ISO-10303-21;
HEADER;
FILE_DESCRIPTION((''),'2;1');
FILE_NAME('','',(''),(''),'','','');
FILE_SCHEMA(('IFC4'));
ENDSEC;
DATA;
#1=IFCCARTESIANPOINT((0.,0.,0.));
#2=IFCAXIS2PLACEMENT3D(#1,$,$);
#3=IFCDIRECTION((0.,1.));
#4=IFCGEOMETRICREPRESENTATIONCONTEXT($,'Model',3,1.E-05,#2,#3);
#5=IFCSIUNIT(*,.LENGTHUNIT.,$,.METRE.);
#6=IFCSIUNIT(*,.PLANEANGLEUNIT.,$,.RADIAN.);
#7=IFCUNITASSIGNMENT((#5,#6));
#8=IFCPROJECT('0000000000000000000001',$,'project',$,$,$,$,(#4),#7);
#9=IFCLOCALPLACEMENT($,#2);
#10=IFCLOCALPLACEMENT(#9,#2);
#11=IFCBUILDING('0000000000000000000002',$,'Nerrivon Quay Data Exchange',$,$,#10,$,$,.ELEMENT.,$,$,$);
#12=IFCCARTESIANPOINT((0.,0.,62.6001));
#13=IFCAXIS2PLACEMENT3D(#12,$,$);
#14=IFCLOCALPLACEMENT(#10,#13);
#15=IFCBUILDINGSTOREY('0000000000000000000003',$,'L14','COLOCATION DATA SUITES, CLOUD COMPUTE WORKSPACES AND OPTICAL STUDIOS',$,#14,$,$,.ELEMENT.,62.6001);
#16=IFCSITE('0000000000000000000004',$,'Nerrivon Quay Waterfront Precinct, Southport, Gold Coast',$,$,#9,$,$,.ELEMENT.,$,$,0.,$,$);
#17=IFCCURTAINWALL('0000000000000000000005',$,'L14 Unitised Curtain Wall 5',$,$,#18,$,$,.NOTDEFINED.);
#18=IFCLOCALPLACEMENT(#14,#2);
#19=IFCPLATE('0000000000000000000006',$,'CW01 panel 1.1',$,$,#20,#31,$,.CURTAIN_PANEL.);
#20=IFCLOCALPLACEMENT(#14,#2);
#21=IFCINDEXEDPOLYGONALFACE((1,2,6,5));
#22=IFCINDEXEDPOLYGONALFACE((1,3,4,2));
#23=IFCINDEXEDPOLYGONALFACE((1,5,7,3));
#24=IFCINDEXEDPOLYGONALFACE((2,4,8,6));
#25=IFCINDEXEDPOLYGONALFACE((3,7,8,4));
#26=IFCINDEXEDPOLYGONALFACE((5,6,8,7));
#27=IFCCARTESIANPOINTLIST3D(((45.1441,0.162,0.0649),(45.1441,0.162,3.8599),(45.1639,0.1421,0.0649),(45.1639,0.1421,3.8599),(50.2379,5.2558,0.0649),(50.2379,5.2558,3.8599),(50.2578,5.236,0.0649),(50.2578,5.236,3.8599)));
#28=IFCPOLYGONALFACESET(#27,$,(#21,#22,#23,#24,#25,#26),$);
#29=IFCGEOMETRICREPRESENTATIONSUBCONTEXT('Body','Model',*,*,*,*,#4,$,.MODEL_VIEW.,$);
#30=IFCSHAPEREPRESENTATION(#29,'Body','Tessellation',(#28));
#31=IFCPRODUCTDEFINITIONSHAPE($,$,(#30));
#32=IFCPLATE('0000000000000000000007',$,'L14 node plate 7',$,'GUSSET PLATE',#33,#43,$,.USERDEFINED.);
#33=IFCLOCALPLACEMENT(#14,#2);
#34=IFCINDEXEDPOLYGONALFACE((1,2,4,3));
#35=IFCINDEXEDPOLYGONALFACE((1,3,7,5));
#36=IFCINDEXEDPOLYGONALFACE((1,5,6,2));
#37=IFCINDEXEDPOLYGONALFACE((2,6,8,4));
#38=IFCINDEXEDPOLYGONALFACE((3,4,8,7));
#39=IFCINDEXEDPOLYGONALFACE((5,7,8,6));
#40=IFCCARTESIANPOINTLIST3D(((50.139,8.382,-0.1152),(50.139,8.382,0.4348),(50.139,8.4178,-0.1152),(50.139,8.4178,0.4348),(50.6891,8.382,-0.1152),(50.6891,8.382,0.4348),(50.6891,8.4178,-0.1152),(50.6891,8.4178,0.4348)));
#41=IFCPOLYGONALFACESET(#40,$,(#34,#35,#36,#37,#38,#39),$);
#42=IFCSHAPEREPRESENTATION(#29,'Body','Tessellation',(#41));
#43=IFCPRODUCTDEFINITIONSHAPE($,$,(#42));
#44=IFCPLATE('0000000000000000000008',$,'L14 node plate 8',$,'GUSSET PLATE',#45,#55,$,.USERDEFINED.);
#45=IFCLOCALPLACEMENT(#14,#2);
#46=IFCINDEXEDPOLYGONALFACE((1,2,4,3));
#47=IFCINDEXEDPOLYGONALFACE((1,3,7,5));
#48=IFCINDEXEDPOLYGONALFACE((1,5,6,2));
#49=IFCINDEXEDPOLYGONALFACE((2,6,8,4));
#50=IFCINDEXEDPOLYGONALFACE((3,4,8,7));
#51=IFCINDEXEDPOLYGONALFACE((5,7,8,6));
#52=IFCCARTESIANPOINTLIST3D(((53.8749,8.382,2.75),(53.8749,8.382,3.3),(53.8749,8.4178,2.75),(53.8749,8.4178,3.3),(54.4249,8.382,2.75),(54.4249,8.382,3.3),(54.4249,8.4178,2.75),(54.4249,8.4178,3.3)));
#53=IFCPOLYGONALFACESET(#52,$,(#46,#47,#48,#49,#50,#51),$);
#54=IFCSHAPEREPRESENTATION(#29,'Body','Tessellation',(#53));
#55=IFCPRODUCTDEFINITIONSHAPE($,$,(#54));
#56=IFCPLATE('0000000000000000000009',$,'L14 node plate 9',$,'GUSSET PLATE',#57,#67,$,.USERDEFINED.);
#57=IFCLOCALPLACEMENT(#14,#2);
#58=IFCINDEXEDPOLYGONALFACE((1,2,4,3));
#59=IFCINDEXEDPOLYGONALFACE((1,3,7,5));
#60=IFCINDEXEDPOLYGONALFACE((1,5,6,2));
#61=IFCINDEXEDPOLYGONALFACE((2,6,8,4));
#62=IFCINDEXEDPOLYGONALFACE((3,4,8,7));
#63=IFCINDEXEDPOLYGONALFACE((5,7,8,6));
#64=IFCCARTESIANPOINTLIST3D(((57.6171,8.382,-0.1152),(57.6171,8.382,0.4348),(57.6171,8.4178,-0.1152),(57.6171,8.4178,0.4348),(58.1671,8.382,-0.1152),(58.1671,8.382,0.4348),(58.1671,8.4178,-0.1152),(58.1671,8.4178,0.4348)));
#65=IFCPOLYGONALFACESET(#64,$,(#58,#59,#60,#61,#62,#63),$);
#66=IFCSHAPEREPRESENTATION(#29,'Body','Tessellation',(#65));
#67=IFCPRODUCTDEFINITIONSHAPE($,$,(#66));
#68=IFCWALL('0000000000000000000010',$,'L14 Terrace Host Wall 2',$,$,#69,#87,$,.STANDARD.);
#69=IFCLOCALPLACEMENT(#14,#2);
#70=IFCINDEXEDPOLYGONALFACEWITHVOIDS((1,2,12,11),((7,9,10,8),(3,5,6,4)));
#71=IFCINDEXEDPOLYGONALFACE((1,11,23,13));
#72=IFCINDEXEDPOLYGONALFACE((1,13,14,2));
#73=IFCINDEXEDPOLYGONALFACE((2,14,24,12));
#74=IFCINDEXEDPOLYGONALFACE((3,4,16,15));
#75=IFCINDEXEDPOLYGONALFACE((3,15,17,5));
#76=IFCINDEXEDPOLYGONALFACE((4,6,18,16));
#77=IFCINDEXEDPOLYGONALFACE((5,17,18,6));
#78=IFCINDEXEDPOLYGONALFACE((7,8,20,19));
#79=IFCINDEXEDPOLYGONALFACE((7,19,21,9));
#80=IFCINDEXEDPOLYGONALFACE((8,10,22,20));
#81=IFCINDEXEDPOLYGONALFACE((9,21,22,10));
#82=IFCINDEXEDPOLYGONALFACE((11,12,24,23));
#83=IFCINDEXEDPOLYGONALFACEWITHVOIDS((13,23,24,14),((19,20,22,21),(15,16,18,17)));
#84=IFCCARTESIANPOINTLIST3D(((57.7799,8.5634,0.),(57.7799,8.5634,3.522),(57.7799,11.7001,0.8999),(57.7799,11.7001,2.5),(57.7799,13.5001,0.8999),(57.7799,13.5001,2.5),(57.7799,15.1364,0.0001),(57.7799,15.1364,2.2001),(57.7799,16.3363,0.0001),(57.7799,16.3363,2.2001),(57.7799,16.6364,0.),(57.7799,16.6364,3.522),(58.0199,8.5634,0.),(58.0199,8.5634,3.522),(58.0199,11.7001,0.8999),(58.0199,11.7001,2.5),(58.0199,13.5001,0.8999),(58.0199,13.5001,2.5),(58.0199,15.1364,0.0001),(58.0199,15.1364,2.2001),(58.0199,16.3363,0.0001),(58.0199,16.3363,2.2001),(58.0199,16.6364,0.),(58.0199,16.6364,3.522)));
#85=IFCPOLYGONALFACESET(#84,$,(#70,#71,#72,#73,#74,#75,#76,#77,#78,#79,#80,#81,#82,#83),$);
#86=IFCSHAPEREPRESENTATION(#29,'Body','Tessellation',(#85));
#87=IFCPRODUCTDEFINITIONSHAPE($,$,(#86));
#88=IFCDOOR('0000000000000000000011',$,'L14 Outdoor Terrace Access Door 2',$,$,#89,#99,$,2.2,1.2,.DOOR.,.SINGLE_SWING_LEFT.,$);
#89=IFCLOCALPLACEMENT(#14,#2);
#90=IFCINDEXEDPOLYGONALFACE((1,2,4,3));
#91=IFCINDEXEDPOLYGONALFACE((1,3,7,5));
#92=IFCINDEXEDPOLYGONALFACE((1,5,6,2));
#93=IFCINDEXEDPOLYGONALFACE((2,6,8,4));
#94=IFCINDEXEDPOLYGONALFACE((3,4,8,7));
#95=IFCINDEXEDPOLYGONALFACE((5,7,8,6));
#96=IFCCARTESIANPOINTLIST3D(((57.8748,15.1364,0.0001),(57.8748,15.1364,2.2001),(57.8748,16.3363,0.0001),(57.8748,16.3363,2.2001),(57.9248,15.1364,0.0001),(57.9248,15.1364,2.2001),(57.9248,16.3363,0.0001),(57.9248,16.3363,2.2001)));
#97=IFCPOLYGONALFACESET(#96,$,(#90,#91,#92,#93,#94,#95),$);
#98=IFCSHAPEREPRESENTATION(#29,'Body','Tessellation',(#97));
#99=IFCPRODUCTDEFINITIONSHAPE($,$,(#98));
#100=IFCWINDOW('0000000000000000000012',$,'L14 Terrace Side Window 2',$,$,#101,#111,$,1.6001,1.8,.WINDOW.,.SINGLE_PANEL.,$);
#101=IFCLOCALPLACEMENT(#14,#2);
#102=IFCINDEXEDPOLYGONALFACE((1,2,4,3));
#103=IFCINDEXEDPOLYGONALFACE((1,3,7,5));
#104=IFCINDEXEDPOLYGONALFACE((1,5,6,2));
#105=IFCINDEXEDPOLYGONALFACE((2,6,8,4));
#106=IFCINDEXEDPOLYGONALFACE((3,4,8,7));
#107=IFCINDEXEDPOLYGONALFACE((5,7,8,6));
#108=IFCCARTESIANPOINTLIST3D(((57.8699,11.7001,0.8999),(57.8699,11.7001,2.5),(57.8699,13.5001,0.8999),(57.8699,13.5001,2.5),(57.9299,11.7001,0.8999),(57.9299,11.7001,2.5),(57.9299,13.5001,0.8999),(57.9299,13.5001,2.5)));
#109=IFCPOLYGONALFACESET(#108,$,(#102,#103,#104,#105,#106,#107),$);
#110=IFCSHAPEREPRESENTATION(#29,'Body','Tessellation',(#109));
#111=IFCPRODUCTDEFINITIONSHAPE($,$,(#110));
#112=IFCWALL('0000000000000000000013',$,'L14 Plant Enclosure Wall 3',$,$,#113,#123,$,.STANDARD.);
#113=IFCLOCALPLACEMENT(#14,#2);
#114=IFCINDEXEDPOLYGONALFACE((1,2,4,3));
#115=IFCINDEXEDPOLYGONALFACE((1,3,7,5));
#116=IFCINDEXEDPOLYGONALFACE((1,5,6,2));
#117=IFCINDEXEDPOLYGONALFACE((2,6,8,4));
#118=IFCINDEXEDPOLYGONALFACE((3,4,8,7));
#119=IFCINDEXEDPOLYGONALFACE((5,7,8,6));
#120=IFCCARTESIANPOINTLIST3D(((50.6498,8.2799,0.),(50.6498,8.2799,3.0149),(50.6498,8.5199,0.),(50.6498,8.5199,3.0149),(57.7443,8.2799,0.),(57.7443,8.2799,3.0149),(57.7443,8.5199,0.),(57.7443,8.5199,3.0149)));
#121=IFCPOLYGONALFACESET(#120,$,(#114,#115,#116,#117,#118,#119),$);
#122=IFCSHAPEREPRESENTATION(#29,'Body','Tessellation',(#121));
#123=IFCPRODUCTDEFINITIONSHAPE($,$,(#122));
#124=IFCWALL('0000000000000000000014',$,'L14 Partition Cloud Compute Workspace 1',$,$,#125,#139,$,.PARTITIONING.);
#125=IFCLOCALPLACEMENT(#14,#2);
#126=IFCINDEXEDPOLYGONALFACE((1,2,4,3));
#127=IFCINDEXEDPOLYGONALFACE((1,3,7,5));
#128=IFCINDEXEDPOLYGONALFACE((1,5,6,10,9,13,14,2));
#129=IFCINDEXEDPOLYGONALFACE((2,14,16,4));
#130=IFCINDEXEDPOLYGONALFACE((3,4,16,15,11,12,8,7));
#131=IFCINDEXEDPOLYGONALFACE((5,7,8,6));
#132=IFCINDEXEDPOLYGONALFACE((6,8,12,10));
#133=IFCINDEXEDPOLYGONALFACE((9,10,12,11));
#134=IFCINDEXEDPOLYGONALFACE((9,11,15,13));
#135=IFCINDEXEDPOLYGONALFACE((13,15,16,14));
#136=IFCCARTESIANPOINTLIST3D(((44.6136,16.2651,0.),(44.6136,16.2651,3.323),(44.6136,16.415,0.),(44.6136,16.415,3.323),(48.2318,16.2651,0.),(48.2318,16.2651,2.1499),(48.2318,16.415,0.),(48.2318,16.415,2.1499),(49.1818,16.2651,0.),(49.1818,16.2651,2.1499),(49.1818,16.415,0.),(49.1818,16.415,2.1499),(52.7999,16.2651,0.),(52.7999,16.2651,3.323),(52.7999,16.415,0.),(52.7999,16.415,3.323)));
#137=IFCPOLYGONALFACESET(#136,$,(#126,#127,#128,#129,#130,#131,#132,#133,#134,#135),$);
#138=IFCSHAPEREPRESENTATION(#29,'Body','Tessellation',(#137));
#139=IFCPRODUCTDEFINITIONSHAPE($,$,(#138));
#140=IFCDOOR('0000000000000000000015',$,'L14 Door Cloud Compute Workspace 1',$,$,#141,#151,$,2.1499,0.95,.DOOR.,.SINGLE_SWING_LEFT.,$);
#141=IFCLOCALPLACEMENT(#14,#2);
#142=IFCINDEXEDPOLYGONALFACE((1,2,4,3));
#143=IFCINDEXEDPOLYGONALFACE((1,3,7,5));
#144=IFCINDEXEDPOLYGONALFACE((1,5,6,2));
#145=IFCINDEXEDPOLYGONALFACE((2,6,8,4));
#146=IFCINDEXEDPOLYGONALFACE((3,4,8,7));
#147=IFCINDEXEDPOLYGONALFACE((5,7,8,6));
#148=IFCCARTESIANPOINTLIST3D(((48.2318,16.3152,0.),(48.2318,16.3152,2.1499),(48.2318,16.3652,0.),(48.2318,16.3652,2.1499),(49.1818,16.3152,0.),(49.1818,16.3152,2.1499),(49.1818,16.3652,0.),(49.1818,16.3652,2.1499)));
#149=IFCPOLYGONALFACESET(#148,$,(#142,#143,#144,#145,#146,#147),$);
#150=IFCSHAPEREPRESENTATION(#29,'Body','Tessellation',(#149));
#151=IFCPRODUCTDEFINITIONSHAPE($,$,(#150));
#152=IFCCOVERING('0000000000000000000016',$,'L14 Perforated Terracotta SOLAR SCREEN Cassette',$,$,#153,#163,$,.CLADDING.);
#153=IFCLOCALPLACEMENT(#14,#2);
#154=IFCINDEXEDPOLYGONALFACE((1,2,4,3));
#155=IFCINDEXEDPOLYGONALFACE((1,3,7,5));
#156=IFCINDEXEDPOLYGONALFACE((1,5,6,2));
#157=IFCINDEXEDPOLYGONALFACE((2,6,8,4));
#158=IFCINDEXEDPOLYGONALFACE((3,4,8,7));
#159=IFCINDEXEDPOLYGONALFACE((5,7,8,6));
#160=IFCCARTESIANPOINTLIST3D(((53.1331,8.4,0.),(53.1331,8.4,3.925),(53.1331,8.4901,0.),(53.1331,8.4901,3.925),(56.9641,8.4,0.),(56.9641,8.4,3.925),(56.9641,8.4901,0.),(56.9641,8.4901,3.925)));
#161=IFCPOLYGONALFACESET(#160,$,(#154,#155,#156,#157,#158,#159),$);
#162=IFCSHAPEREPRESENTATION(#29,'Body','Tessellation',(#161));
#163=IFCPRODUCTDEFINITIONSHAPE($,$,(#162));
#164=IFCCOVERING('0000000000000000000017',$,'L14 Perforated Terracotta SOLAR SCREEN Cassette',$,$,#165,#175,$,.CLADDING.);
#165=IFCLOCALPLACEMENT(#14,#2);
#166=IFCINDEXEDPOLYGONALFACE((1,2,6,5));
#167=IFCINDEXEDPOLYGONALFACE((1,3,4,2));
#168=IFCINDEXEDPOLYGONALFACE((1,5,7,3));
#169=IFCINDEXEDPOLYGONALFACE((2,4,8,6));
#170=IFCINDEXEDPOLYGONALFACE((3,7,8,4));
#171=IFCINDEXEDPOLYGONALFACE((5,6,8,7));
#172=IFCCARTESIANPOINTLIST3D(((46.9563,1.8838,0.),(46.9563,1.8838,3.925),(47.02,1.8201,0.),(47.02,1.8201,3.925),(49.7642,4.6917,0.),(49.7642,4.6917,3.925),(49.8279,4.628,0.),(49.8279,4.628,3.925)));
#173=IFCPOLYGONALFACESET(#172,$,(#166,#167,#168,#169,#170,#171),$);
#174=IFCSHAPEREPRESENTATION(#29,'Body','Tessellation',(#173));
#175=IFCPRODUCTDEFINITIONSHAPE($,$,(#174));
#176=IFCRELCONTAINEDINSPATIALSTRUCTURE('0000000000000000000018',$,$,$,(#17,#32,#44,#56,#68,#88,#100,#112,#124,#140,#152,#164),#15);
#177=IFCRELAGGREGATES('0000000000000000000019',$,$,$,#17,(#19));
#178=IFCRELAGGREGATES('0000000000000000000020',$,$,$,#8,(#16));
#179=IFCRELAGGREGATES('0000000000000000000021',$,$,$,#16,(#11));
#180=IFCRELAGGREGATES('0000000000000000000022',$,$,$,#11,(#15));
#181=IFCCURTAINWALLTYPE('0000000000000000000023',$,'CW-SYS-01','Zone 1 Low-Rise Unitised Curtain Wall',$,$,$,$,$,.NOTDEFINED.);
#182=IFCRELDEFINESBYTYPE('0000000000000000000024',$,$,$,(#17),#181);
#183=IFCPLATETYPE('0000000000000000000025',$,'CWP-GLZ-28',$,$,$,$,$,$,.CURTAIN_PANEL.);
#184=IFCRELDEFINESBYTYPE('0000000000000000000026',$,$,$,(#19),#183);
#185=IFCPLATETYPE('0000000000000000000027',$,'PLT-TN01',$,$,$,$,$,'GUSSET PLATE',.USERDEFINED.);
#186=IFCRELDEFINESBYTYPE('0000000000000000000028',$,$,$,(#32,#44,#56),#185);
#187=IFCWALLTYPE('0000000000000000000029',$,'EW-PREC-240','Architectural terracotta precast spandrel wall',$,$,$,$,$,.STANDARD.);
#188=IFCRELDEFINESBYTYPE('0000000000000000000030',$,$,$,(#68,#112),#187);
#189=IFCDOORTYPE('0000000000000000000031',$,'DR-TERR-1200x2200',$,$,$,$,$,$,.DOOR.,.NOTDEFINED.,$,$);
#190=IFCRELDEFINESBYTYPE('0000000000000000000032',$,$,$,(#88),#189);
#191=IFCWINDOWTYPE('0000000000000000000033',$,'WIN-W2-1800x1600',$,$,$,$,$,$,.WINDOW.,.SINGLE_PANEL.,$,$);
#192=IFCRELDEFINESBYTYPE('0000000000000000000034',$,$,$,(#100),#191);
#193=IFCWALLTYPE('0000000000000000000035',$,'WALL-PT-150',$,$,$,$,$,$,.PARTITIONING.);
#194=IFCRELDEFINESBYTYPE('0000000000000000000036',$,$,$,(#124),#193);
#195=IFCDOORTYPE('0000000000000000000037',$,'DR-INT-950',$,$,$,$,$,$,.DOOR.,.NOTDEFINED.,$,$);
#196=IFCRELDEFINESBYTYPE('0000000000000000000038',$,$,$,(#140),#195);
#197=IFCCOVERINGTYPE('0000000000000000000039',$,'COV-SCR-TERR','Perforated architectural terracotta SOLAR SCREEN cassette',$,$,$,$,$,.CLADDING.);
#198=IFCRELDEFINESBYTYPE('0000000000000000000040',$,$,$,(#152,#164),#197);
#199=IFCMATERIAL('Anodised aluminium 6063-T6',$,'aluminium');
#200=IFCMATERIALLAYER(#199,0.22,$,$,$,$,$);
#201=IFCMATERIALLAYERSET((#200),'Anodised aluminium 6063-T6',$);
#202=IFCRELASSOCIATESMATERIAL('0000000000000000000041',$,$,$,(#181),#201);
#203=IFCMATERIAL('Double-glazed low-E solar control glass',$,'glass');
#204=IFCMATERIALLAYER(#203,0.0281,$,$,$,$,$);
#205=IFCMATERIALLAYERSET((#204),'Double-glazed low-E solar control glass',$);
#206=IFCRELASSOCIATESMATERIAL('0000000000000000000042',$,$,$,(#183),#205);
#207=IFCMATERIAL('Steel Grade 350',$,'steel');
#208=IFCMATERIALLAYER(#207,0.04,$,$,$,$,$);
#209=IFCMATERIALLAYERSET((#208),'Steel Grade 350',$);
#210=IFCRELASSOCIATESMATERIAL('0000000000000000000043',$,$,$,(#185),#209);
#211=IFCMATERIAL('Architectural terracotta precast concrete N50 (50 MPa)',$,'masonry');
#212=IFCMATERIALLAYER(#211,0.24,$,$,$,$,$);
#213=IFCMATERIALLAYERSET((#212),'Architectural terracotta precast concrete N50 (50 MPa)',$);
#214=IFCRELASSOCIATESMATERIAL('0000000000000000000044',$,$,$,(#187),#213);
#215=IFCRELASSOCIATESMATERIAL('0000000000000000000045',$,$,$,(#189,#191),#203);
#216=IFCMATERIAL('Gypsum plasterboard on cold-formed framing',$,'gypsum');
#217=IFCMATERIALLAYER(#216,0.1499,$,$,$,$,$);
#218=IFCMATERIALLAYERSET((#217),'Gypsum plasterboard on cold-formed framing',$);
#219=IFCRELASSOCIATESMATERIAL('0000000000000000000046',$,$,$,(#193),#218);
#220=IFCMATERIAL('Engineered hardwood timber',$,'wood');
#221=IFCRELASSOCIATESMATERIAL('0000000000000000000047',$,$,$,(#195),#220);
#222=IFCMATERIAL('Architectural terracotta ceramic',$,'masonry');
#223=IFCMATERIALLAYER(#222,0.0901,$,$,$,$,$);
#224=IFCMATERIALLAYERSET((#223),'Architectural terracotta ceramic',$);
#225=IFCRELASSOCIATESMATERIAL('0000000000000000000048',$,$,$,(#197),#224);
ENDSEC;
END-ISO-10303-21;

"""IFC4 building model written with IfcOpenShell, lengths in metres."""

from ifc_helpers import new_model, si_unit, direction, frame, frame_2d, origin, origin_2d, place, context, subcontext, project, spatial, rectangle, extrude, material, layer, layer_set, type_object, element, fill, aggregate, save


model = new_model("IFC4")

# Units and contexts
model_context = context("Model", 3, precision=1e-05, world=origin(), true_north=direction((0.0, 1.0)))
body_context = subcontext(model_context, "Body", "Model", "MODEL_VIEW")
ifc_project = project(units=[si_unit("LENGTHUNIT", "METRE"), si_unit("PLANEANGLEUNIT", "RADIAN")], contexts=[model_context])

# Site, building, storey
site_placement = place(None, origin())
site = spatial("IfcSite", under=ifc_project, at=site_placement, Name="Nerrivon Quay Waterfront Precinct, Southport, Gold Coast", CompositionType="ELEMENT", RefElevation=0.0)
building_placement = place(site_placement, origin())
building = spatial("IfcBuilding", under=site, at=building_placement, Name="Nerrivon Quay Data Exchange", CompositionType="ELEMENT")
storey_placement = place(building_placement, frame((0.0, 0.0, 62.6001)))
storey = spatial("IfcBuildingStorey", under=building, at=storey_placement, Name="L14", Description="COLOCATION DATA SUITES, CLOUD COMPUTE WORKSPACES AND OPTICAL STUDIOS", CompositionType="ELEMENT", Elevation=62.6001)

# Shared definitions
ifc_material_1 = material(Name="Steel Grade 350", Category="steel")

# Shared definitions
ifc_material_2 = material(Name="Anodised aluminium 6063-T6", Category="aluminium")
ifc_layer_1 = layer(ifc_material_2, 0.22)
ifc_layer_set_1 = layer_set([ifc_layer_1], Name="Anodised aluminium 6063-T6")
curtain_wall_type = type_object("IfcCurtainWallType", Name="CW-SYS-01", Description="Zone 1 Low-Rise Unitised Curtain Wall", PredefinedType="NOTDEFINED", material=ifc_layer_set_1)

# Curtain wall
curtain_wall_1_placement = place(storey_placement, origin())
curtain_wall_1 = element("IfcCurtainWall", 1, at=curtain_wall_1_placement, inside=storey, type_object=curtain_wall_type, Name="L14 Unitised Curtain Wall 5", PredefinedType="NOTDEFINED")

# Plate
ifc_material_3 = material(Name="Double-glazed low-E solar control glass", Category="glass")
ifc_layer_2 = layer(ifc_material_3, 0.0281)
ifc_layer_set_2 = layer_set([ifc_layer_2], Name="Double-glazed low-E solar control glass")
plate_type_1 = type_object("IfcPlateType", Name="CWP-GLZ-28", PredefinedType="CURTAIN_PANEL", material=ifc_layer_set_2)
plate_1_placement = place(storey_placement, frame((47.7009, 2.699, 0.0649), z_axis=(0.0, 0.0, 1.0), x_axis=(-0.707107, -0.707107, 0.0)))
plate_1 = element("IfcPlate", 2, at=plate_1_placement, type_object=plate_type_1, Name="CW01 panel 1.1", PredefinedType="CURTAIN_PANEL", context=body_context, shape_type="SweptSolid", body=[
    extrude(rectangle(XDim=7.2039, YDim=0.0281, at=origin_2d()), origin(), (0.0, 0.0, 1.0), 3.7949),
])
aggregate(curtain_wall_1, [plate_1])

# Plates
ifc_layer_3 = layer(ifc_material_1, 0.04)
ifc_layer_set_3 = layer_set([ifc_layer_3], Name="Steel Grade 350")
plate_type_2 = type_object("IfcPlateType", Name="PLT-TN01", ElementType="GUSSET PLATE", PredefinedType="USERDEFINED", material=ifc_layer_set_3)
for number, where, z_axis, x_axis, name in (
    (3, (50.4141, 8.3999, -0.1152), (0.0, 0.0, 1.0), (1.0, 0.0, 0.0), "L14 node plate 7"),
    (4, (54.1499, 8.3999, 2.75), (0.0, 0.0, 1.0), (1.0, 0.0, 0.0), "L14 node plate 8"),
    (5, (57.8921, 8.3999, -0.1152), (0.0, 0.0, 1.0), (1.0, 0.0, 0.0), "L14 node plate 9"),
):
    element("IfcPlate", number, at=place(storey_placement, frame(where, z_axis=z_axis, x_axis=x_axis)), inside=storey, type_object=plate_type_2, Name=name, ObjectType="GUSSET PLATE", PredefinedType="USERDEFINED", context=body_context, shape_type="SweptSolid", body=[
        extrude(rectangle(XDim=0.55, YDim=0.0359, at=origin_2d()), origin(), (0.0, 0.0, 1.0), 0.55),
    ])

# Wall, openings, door, window
ifc_material_4 = material(Name="Architectural terracotta precast concrete N50 (50 MPa)", Category="masonry")
ifc_layer_4 = layer(ifc_material_4, 0.24)
ifc_layer_set_4 = layer_set([ifc_layer_4], Name="Architectural terracotta precast concrete N50 (50 MPa)")
wall_type_1 = type_object("IfcWallType", Name="EW-PREC-240", Description="Architectural terracotta precast spandrel wall", PredefinedType="STANDARD", material=ifc_layer_set_4)
wall_1_placement = place(storey_placement, frame((57.8999, 16.6365, 0.0), z_axis=(0.0, 0.0, 1.0), x_axis=(0.0, -1.0, 0.0)))
wall_1 = element("IfcWall", 6, at=wall_1_placement, inside=storey, type_object=wall_type_1, Name="L14 Terrace Host Wall 2", PredefinedType="STANDARD", context=body_context, shape_type="SweptSolid", body=[
    extrude(rectangle(XDim=8.073, YDim=0.24, at=frame_2d((4.0366, 0.0))), origin(), (0.0, 0.0, 1.0), 3.522),
])
opening_1_placement = place(wall_1_placement, frame((0.3, 0.0, 0.0)))
opening_1 = element("IfcOpeningElement", 7, at=opening_1_placement, cuts=wall_1, PredefinedType="OPENING", context=body_context, shape_type="SweptSolid", body=[
    extrude(rectangle(XDim=1.2, YDim=2.2, at=frame_2d((0.6001, 1.1001))), frame((0.0, 0.1299, 0.0), z_axis=(0.0, -1.0, 0.0), x_axis=(1.0, 0.0, 0.0)), (0.0, 0.0, 1.0), 0.26),
])
opening_2_placement = place(wall_1_placement, frame((3.1365, 0.0, 0.8999)))
opening_2 = element("IfcOpeningElement", 8, at=opening_2_placement, cuts=wall_1, PredefinedType="OPENING", context=body_context, shape_type="SweptSolid", body=[
    extrude(rectangle(XDim=1.8, YDim=1.6001, at=frame_2d((0.8999, 0.8))), frame((0.0, 0.1299, 0.0), z_axis=(0.0, -1.0, 0.0), x_axis=(1.0, 0.0, 0.0)), (0.0, 0.0, 1.0), 0.26),
])
door_type_1 = type_object("IfcDoorType", Name="DR-TERR-1200x2200", OperationType="NOTDEFINED", PredefinedType="DOOR", material=ifc_material_3)
door_1_placement = place(opening_1_placement, origin())
door_1 = element("IfcDoor", 9, at=door_1_placement, inside=storey, type_object=door_type_1, Name="L14 Outdoor Terrace Access Door 2", OperationType="SINGLE_SWING_LEFT", OverallHeight=2.2, OverallWidth=1.2, PredefinedType="DOOR", context=body_context, shape_type="SweptSolid", body=[
    extrude(rectangle(XDim=1.2, YDim=2.2, at=frame_2d((0.6001, 1.1001))), frame((0.0, 0.0249, 0.0), z_axis=(0.0, -1.0, 0.0), x_axis=(1.0, 0.0, 0.0)), (0.0, 0.0, 1.0), 0.05),
])
fill(opening_1, door_1)
window_type = type_object("IfcWindowType", Name="WIN-W2-1800x1600", PartitioningType="SINGLE_PANEL", PredefinedType="WINDOW", material=ifc_material_3)
window_placement = place(opening_2_placement, origin())
window = element("IfcWindow", 10, at=window_placement, inside=storey, type_object=window_type, Name="L14 Terrace Side Window 2", OverallHeight=1.6001, OverallWidth=1.8, PartitioningType="SINGLE_PANEL", PredefinedType="WINDOW", context=body_context, shape_type="SweptSolid", body=[
    extrude(rectangle(XDim=1.8, YDim=1.6001, at=frame_2d((0.8999, 0.8))), frame((0.0, 0.03, 0.0), z_axis=(0.0, -1.0, 0.0), x_axis=(1.0, 0.0, 0.0)), (0.0, 0.0, 1.0), 0.0601),
])
fill(opening_2, window)

# Wall
wall_2_placement = place(storey_placement, frame((57.7444, 8.3999, 0.0), z_axis=(0.0, 0.0, 1.0), x_axis=(-1.0, 0.0, 0.0)))
element("IfcWall", 11, at=wall_2_placement, inside=storey, type_object=wall_type_1, Name="L14 Plant Enclosure Wall 3", PredefinedType="STANDARD", context=body_context, shape_type="SweptSolid", body=[
    extrude(rectangle(XDim=7.0945, YDim=0.24, at=frame_2d((3.5474, 0.0))), origin(), (0.0, 0.0, 1.0), 3.0149),
])

# Wall, opening, door
ifc_material_5 = material(Name="Gypsum plasterboard on cold-formed framing", Category="gypsum")
ifc_layer_5 = layer(ifc_material_5, 0.1499)
ifc_layer_set_5 = layer_set([ifc_layer_5], Name="Gypsum plasterboard on cold-formed framing")
wall_type_2 = type_object("IfcWallType", Name="WALL-PT-150", PredefinedType="PARTITIONING", material=ifc_layer_set_5)
wall_3_placement = place(storey_placement, frame((52.8, 16.3401, 0.0), z_axis=(0.0, 0.0, 1.0), x_axis=(-1.0, 0.0, 0.0)))
wall_3 = element("IfcWall", 12, at=wall_3_placement, inside=storey, type_object=wall_type_2, Name="L14 Partition Cloud Compute Workspace 1", PredefinedType="PARTITIONING", context=body_context, shape_type="SweptSolid", body=[
    extrude(rectangle(XDim=8.1863, YDim=0.1499, at=frame_2d((4.0933, 0.0))), origin(), (0.0, 0.0, 1.0), 3.323),
])
opening_3_placement = place(wall_3_placement, frame((3.6182, 0.0, 0.0)))
opening_3 = element("IfcOpeningElement", 13, at=opening_3_placement, cuts=wall_3, PredefinedType="OPENING", context=body_context, shape_type="SweptSolid", body=[
    extrude(rectangle(XDim=0.95, YDim=2.1499, at=frame_2d((0.4751, 1.075))), frame((0.0, 0.085, 0.0), z_axis=(0.0, -1.0, 0.0), x_axis=(1.0, 0.0, 0.0)), (0.0, 0.0, 1.0), 0.1699),
])
ifc_material_6 = material(Name="Engineered hardwood timber", Category="wood")
door_type_2 = type_object("IfcDoorType", Name="DR-INT-950", OperationType="NOTDEFINED", PredefinedType="DOOR", material=ifc_material_6)
door_2_placement = place(opening_3_placement, origin())
door_2 = element("IfcDoor", 14, at=door_2_placement, inside=storey, type_object=door_type_2, Name="L14 Door Cloud Compute Workspace 1", OperationType="SINGLE_SWING_LEFT", OverallHeight=2.1499, OverallWidth=0.95, PredefinedType="DOOR", context=body_context, shape_type="SweptSolid", body=[
    extrude(rectangle(XDim=0.95, YDim=2.1499, at=frame_2d((0.4751, 1.075))), frame((0.0, 0.0249, 0.0), z_axis=(0.0, -1.0, 0.0), x_axis=(1.0, 0.0, 0.0)), (0.0, 0.0, 1.0), 0.05),
])
fill(opening_3, door_2)

# Coverings
ifc_material_7 = material(Name="Architectural terracotta ceramic", Category="masonry")
ifc_layer_6 = layer(ifc_material_7, 0.0901)
ifc_layer_set_6 = layer_set([ifc_layer_6], Name="Architectural terracotta ceramic")
covering_type = type_object("IfcCoveringType", Name="COV-SCR-TERR", Description="Perforated architectural terracotta SOLAR SCREEN cassette", PredefinedType="CLADDING", material=ifc_layer_set_6)
covering_1_placement = place(storey_placement, frame((55.0486, 8.4451, 0.0), z_axis=(0.0, 0.0, 1.0), x_axis=(-1.0, 0.0, 0.0)))
element("IfcCovering", 15, at=covering_1_placement, inside=storey, type_object=covering_type, Name="L14 Perforated Terracotta SOLAR SCREEN Cassette", PredefinedType="CLADDING", context=body_context, shape_type="SweptSolid", body=[
    extrude(rectangle(XDim=3.8311, YDim=0.0901, at=origin_2d()), origin(), (0.0, 0.0, 1.0), 3.925),
])
covering_2_placement = place(storey_placement, frame((48.3921, 3.2559, 0.0), z_axis=(0.0, 0.0, 1.0), x_axis=(-0.707107, -0.707107, 0.0)))
element("IfcCovering", 16, at=covering_2_placement, inside=storey, type_object=covering_type, Name="L14 Perforated Terracotta SOLAR SCREEN Cassette", PredefinedType="CLADDING", context=body_context, shape_type="SweptSolid", body=[
    extrude(rectangle(XDim=3.9709, YDim=0.0901, at=origin_2d()), origin(), (0.0, 0.0, 1.0), 3.925),
])

save(model, "model.ifc")
